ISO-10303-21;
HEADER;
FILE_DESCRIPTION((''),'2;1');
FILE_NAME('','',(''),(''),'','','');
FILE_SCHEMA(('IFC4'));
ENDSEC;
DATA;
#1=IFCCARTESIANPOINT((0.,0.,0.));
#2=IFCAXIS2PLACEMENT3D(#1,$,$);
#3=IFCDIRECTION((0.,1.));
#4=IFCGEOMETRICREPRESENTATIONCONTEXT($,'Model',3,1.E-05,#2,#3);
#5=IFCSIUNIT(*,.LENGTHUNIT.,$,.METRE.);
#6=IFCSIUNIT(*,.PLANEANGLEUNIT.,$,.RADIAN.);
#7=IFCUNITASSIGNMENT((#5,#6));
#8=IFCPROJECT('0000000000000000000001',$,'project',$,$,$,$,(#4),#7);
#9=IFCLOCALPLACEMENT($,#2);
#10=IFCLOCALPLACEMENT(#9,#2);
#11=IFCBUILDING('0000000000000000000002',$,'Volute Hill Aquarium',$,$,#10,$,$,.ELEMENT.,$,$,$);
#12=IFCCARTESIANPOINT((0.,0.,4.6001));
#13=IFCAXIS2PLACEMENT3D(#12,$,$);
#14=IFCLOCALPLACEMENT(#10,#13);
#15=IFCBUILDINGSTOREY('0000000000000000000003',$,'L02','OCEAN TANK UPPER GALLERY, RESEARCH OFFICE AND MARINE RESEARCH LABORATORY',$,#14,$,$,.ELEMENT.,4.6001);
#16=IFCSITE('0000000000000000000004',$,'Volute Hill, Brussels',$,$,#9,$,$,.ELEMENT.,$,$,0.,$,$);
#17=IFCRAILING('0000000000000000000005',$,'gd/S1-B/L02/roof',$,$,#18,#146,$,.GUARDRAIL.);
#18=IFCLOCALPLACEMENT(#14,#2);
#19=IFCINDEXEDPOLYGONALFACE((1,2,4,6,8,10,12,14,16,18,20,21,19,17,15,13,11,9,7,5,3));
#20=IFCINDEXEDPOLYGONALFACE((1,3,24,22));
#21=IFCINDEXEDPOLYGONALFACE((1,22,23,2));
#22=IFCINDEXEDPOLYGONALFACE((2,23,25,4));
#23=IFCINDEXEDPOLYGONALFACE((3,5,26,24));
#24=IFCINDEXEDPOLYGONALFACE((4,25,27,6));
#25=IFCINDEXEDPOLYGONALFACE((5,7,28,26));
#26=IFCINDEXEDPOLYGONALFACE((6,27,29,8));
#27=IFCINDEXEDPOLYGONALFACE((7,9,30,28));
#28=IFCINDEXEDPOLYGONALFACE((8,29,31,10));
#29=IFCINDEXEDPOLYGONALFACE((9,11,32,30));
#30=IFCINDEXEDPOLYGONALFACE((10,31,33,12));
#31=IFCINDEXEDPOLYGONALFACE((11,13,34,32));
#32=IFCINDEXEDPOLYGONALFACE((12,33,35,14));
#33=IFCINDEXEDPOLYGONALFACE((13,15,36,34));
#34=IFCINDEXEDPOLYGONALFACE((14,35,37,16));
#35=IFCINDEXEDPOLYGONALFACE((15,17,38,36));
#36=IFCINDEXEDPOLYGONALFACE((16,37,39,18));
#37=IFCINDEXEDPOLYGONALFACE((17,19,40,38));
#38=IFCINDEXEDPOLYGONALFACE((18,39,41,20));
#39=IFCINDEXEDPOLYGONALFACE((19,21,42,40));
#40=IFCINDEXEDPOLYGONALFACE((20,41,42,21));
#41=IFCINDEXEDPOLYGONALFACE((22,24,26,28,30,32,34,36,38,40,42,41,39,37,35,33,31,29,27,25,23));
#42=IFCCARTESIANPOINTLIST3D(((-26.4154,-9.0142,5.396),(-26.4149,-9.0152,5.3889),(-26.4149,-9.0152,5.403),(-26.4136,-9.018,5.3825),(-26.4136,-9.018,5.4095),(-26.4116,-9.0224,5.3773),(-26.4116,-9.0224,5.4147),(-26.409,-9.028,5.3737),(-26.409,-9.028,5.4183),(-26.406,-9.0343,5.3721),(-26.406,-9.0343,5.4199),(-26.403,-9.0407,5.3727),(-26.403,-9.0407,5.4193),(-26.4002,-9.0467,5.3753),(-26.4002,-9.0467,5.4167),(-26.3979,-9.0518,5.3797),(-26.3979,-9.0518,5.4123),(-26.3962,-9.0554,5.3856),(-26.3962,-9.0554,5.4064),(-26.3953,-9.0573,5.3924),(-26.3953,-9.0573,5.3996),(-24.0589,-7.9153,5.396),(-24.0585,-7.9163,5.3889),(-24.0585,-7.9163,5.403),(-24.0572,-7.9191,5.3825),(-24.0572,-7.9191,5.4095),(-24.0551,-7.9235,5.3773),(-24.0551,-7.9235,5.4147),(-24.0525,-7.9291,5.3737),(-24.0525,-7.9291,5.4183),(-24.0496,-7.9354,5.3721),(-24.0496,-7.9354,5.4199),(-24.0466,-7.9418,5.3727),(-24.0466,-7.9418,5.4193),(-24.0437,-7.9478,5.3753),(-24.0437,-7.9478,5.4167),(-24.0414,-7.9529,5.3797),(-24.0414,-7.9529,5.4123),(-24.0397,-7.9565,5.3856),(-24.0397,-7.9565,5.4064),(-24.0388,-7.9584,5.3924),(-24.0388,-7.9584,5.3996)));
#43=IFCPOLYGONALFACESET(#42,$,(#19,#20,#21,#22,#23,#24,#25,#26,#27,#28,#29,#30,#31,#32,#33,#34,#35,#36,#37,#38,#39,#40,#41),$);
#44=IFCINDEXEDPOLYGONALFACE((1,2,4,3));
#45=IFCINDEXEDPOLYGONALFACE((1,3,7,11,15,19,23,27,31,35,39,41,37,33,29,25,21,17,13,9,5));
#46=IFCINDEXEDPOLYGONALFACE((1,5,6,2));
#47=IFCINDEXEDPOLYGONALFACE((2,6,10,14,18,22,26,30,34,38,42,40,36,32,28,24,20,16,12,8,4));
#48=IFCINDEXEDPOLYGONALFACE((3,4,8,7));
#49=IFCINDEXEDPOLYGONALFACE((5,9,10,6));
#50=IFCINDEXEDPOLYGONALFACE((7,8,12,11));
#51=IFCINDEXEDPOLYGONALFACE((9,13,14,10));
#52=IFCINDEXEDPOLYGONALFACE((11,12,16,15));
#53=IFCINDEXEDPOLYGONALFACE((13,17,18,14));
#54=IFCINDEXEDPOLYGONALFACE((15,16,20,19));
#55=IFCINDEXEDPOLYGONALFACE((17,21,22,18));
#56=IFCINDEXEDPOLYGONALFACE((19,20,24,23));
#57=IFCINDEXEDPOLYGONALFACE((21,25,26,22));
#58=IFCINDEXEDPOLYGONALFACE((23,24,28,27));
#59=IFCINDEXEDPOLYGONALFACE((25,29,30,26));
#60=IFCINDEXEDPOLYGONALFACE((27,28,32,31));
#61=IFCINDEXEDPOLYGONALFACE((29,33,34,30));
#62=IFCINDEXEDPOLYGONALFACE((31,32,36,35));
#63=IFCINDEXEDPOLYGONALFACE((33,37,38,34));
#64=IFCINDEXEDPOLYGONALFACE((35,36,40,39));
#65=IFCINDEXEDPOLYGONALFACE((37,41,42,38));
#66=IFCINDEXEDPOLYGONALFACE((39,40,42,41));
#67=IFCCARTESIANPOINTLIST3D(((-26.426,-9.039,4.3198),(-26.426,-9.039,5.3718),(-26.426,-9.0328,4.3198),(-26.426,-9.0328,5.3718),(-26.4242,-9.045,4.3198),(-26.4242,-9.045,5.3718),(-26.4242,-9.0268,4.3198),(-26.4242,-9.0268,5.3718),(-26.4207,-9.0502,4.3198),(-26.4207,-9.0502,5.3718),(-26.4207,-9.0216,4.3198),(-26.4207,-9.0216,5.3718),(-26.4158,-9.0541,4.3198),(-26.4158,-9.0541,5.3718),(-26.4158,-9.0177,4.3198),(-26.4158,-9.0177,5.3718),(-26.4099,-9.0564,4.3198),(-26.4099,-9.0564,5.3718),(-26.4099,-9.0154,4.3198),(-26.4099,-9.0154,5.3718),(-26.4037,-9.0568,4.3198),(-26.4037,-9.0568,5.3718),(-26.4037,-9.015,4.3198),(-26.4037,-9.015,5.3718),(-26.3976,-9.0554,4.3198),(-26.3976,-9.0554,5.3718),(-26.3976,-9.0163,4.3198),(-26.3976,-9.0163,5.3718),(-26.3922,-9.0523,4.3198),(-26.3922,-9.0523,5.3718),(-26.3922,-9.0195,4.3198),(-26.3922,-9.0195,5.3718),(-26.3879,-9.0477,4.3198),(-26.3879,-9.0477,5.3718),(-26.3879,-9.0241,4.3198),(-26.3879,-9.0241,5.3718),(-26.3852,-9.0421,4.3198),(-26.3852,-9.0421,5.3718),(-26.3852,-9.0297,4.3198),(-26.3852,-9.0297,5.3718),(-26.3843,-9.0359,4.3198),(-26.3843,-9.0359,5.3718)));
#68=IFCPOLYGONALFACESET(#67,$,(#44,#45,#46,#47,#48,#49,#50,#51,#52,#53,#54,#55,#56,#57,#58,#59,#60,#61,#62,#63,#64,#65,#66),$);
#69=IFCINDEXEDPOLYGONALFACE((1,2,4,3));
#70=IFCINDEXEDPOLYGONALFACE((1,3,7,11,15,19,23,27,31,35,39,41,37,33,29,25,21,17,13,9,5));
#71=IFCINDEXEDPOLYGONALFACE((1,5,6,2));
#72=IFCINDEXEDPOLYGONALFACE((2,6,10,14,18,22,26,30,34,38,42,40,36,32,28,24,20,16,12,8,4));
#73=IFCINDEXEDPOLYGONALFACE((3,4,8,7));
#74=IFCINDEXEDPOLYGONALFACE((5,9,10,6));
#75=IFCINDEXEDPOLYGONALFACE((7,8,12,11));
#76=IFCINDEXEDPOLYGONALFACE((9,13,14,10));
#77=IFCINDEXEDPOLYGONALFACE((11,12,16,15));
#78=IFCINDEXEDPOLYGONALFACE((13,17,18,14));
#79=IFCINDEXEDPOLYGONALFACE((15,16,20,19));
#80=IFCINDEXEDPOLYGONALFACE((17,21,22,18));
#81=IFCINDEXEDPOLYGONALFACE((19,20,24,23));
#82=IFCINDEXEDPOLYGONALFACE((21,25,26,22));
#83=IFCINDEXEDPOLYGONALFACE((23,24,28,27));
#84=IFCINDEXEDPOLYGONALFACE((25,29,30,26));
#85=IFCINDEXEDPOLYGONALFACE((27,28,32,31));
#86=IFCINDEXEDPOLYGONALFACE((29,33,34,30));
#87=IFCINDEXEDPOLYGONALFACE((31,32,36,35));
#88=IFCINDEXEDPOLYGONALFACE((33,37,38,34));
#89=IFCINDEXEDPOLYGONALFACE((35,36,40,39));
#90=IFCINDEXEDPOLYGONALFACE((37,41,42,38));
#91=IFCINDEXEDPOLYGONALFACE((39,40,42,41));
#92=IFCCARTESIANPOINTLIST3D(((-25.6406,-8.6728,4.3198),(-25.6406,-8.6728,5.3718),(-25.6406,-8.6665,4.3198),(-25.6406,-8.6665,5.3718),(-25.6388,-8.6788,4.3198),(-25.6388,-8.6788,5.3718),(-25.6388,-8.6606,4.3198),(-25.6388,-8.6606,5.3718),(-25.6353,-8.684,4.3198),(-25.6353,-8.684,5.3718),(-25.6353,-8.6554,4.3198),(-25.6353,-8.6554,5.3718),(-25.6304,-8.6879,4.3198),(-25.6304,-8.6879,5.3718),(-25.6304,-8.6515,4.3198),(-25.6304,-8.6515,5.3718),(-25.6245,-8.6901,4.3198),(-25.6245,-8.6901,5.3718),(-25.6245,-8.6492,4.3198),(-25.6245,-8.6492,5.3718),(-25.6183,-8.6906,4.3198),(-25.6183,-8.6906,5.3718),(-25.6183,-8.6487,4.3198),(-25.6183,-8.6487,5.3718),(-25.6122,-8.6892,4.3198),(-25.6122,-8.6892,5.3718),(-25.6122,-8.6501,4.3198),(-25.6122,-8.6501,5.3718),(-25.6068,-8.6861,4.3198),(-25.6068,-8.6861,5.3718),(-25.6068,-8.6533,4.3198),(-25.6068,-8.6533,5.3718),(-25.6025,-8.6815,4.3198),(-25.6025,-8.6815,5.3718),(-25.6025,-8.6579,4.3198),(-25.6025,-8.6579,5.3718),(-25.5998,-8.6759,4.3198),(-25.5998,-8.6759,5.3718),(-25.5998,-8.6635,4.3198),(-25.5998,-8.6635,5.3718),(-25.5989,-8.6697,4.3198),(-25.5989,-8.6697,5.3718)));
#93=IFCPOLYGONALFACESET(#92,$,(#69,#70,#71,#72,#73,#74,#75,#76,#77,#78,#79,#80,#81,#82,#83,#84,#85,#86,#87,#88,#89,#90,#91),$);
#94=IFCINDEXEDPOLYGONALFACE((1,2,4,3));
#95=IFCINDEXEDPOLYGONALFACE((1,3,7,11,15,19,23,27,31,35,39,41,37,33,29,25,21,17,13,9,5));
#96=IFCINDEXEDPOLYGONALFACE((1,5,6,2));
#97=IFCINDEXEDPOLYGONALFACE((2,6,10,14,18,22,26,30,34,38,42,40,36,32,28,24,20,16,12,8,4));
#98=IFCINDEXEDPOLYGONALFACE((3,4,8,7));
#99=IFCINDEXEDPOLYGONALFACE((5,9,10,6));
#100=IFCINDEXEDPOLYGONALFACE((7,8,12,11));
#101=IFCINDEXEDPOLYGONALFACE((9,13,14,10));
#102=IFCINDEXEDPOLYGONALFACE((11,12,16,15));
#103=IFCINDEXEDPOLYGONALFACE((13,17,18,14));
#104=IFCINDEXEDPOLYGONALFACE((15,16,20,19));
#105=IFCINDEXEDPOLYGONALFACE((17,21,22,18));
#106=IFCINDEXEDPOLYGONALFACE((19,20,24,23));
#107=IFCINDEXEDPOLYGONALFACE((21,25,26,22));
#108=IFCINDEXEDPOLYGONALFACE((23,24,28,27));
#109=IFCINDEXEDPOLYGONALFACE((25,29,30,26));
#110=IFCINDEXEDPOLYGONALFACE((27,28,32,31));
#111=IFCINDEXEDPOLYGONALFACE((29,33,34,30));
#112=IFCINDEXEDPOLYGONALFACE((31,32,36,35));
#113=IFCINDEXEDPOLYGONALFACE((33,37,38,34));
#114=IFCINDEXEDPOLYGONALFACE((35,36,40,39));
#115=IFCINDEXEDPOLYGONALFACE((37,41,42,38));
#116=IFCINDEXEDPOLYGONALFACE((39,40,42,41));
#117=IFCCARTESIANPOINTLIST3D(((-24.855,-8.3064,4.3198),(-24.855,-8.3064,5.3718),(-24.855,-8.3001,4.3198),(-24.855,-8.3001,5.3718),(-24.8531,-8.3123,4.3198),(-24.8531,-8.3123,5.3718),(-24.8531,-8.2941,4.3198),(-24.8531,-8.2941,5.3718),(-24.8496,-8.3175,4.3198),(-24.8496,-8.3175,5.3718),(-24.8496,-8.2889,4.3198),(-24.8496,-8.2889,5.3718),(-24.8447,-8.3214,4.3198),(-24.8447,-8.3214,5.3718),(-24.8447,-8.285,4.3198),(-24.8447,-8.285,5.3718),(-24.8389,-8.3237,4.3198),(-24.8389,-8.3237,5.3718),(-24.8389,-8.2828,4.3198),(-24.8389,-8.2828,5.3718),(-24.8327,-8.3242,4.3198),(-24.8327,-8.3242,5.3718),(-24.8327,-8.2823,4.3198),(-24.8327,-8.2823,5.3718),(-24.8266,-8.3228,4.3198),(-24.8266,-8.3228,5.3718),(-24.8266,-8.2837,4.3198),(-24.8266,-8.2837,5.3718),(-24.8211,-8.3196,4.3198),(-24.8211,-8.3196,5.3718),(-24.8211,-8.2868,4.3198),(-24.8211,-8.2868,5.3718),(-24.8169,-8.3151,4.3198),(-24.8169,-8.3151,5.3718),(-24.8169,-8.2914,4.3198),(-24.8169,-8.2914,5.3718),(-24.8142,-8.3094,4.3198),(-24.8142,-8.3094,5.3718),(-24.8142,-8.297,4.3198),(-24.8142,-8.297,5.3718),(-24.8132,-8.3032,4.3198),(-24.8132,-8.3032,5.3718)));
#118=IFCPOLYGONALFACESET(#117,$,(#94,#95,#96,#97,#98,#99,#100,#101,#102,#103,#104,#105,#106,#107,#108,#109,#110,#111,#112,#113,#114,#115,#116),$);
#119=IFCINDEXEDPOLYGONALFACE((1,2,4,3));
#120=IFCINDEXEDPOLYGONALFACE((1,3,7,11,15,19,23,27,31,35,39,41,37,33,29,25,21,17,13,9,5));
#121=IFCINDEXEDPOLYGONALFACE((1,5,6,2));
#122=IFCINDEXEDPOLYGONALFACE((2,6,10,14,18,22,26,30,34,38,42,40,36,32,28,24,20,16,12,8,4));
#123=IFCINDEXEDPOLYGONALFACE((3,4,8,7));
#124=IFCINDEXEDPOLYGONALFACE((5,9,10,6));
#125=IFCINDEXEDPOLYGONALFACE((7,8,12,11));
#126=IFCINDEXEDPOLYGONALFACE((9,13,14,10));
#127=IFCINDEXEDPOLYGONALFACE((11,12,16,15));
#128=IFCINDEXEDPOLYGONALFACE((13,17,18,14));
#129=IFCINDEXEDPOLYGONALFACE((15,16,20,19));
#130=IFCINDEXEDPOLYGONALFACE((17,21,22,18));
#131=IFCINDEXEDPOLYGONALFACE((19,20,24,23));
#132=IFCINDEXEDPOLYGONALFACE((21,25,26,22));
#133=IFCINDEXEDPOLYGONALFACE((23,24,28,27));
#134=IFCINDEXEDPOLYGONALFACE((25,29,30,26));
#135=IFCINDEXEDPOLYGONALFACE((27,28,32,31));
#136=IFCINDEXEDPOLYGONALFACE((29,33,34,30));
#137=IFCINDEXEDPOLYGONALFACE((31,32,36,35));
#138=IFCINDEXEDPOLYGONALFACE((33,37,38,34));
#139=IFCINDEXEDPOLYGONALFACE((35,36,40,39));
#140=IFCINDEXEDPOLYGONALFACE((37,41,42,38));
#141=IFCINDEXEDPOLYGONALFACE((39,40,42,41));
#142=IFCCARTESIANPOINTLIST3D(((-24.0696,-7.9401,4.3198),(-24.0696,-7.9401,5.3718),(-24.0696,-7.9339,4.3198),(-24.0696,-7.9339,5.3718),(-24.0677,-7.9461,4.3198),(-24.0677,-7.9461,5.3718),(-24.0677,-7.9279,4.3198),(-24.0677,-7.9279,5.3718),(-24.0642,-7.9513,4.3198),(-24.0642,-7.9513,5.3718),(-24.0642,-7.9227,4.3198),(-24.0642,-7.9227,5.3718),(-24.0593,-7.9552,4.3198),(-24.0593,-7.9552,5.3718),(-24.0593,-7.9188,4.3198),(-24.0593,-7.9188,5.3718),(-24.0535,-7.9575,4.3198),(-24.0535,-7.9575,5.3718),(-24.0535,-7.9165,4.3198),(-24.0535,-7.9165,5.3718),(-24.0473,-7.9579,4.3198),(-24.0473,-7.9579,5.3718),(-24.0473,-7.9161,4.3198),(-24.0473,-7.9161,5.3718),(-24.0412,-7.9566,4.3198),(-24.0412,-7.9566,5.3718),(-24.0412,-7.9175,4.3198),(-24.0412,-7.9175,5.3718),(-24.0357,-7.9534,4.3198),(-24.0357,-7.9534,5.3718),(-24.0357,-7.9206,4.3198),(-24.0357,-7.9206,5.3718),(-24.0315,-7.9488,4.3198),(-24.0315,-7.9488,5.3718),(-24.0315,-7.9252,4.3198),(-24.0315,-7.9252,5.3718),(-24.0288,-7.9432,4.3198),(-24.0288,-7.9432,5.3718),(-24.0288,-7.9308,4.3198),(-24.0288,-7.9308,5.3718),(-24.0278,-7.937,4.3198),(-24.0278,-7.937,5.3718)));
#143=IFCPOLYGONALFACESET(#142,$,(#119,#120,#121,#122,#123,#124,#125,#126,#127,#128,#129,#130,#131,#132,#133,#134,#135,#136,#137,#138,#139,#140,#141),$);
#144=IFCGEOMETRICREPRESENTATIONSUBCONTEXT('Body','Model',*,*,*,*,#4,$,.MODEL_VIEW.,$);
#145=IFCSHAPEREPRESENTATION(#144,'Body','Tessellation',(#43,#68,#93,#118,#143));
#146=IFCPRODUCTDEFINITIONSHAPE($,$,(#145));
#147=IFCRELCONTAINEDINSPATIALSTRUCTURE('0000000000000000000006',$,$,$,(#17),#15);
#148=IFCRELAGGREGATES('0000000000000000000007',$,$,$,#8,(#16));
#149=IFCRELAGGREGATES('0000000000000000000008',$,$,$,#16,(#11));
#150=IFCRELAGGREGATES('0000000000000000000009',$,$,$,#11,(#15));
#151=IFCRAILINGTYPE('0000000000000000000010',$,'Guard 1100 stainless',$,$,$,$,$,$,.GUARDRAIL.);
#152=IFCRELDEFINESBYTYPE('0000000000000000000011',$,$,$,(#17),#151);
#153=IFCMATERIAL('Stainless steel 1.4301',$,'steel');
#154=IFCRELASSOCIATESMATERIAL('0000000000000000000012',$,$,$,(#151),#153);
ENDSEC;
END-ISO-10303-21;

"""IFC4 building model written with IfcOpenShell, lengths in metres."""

from ifc_helpers import new_model, si_unit, direction, frame, origin, origin_2d, place, context, subcontext, project, spatial, circle, extrude, material, type_object, element, save


model = new_model("IFC4")

# Units and contexts
model_context = context("Model", 3, precision=1e-05, world=origin(), true_north=direction((0.0, 1.0)))
body_context = subcontext(model_context, "Body", "Model", "MODEL_VIEW")
ifc_project = project(units=[si_unit("LENGTHUNIT", "METRE"), si_unit("PLANEANGLEUNIT", "RADIAN")], contexts=[model_context])

# Site, building, storey
site_placement = place(None, origin())
site = spatial("IfcSite", under=ifc_project, at=site_placement, Name="Volute Hill, Brussels", CompositionType="ELEMENT", RefElevation=0.0)
building_placement = place(site_placement, origin())
building = spatial("IfcBuilding", under=site, at=building_placement, Name="Volute Hill Aquarium", CompositionType="ELEMENT")
storey_placement = place(building_placement, frame((0.0, 0.0, 4.6001)))
storey = spatial("IfcBuildingStorey", under=building, at=storey_placement, Name="L02", Description="OCEAN TANK UPPER GALLERY, RESEARCH OFFICE AND MARINE RESEARCH LABORATORY", CompositionType="ELEMENT", Elevation=4.6001)

# Railing
ifc_material_1 = material(Name="Stainless steel 1.4301", Category="steel")
railing_type_1 = type_object("IfcRailingType", Name="Guard 1100 stainless", PredefinedType="GUARDRAIL", material=ifc_material_1)
railing_1_placement = place(storey_placement, frame((-26.4053, -9.0359, 4.3198)))
element("IfcRailing", 1, at=railing_1_placement, inside=storey, type_object=railing_type_1, Name="gd/S1-B/L02/roof", PredefinedType="GUARDRAIL", context=body_context, shape_type="SweptSolid", body=[
    extrude(circle(Radius=0.0239, at=origin_2d()), frame((0.0, 0.0, 1.0762), z_axis=(0.906301, 0.422634, 0.0), x_axis=(-0.422634, 0.906301, 0.0)), (0.0, 0.0, 1.0), 2.6001),
    extrude(circle(Radius=0.021, at=origin_2d()), origin(), (0.0, 0.0, 1.0), 1.052),
    extrude(circle(Radius=0.021, at=origin_2d()), frame((0.7854, 0.3662, 0.0)), (0.0, 0.0, 1.0), 1.052),
    extrude(circle(Radius=0.021, at=origin_2d()), frame((1.571, 0.7327, 0.0)), (0.0, 0.0, 1.0), 1.052),
    extrude(circle(Radius=0.021, at=origin_2d()), frame((2.3564, 1.0989, 0.0)), (0.0, 0.0, 1.0), 1.052),
])

save(model, "model.ifc")
